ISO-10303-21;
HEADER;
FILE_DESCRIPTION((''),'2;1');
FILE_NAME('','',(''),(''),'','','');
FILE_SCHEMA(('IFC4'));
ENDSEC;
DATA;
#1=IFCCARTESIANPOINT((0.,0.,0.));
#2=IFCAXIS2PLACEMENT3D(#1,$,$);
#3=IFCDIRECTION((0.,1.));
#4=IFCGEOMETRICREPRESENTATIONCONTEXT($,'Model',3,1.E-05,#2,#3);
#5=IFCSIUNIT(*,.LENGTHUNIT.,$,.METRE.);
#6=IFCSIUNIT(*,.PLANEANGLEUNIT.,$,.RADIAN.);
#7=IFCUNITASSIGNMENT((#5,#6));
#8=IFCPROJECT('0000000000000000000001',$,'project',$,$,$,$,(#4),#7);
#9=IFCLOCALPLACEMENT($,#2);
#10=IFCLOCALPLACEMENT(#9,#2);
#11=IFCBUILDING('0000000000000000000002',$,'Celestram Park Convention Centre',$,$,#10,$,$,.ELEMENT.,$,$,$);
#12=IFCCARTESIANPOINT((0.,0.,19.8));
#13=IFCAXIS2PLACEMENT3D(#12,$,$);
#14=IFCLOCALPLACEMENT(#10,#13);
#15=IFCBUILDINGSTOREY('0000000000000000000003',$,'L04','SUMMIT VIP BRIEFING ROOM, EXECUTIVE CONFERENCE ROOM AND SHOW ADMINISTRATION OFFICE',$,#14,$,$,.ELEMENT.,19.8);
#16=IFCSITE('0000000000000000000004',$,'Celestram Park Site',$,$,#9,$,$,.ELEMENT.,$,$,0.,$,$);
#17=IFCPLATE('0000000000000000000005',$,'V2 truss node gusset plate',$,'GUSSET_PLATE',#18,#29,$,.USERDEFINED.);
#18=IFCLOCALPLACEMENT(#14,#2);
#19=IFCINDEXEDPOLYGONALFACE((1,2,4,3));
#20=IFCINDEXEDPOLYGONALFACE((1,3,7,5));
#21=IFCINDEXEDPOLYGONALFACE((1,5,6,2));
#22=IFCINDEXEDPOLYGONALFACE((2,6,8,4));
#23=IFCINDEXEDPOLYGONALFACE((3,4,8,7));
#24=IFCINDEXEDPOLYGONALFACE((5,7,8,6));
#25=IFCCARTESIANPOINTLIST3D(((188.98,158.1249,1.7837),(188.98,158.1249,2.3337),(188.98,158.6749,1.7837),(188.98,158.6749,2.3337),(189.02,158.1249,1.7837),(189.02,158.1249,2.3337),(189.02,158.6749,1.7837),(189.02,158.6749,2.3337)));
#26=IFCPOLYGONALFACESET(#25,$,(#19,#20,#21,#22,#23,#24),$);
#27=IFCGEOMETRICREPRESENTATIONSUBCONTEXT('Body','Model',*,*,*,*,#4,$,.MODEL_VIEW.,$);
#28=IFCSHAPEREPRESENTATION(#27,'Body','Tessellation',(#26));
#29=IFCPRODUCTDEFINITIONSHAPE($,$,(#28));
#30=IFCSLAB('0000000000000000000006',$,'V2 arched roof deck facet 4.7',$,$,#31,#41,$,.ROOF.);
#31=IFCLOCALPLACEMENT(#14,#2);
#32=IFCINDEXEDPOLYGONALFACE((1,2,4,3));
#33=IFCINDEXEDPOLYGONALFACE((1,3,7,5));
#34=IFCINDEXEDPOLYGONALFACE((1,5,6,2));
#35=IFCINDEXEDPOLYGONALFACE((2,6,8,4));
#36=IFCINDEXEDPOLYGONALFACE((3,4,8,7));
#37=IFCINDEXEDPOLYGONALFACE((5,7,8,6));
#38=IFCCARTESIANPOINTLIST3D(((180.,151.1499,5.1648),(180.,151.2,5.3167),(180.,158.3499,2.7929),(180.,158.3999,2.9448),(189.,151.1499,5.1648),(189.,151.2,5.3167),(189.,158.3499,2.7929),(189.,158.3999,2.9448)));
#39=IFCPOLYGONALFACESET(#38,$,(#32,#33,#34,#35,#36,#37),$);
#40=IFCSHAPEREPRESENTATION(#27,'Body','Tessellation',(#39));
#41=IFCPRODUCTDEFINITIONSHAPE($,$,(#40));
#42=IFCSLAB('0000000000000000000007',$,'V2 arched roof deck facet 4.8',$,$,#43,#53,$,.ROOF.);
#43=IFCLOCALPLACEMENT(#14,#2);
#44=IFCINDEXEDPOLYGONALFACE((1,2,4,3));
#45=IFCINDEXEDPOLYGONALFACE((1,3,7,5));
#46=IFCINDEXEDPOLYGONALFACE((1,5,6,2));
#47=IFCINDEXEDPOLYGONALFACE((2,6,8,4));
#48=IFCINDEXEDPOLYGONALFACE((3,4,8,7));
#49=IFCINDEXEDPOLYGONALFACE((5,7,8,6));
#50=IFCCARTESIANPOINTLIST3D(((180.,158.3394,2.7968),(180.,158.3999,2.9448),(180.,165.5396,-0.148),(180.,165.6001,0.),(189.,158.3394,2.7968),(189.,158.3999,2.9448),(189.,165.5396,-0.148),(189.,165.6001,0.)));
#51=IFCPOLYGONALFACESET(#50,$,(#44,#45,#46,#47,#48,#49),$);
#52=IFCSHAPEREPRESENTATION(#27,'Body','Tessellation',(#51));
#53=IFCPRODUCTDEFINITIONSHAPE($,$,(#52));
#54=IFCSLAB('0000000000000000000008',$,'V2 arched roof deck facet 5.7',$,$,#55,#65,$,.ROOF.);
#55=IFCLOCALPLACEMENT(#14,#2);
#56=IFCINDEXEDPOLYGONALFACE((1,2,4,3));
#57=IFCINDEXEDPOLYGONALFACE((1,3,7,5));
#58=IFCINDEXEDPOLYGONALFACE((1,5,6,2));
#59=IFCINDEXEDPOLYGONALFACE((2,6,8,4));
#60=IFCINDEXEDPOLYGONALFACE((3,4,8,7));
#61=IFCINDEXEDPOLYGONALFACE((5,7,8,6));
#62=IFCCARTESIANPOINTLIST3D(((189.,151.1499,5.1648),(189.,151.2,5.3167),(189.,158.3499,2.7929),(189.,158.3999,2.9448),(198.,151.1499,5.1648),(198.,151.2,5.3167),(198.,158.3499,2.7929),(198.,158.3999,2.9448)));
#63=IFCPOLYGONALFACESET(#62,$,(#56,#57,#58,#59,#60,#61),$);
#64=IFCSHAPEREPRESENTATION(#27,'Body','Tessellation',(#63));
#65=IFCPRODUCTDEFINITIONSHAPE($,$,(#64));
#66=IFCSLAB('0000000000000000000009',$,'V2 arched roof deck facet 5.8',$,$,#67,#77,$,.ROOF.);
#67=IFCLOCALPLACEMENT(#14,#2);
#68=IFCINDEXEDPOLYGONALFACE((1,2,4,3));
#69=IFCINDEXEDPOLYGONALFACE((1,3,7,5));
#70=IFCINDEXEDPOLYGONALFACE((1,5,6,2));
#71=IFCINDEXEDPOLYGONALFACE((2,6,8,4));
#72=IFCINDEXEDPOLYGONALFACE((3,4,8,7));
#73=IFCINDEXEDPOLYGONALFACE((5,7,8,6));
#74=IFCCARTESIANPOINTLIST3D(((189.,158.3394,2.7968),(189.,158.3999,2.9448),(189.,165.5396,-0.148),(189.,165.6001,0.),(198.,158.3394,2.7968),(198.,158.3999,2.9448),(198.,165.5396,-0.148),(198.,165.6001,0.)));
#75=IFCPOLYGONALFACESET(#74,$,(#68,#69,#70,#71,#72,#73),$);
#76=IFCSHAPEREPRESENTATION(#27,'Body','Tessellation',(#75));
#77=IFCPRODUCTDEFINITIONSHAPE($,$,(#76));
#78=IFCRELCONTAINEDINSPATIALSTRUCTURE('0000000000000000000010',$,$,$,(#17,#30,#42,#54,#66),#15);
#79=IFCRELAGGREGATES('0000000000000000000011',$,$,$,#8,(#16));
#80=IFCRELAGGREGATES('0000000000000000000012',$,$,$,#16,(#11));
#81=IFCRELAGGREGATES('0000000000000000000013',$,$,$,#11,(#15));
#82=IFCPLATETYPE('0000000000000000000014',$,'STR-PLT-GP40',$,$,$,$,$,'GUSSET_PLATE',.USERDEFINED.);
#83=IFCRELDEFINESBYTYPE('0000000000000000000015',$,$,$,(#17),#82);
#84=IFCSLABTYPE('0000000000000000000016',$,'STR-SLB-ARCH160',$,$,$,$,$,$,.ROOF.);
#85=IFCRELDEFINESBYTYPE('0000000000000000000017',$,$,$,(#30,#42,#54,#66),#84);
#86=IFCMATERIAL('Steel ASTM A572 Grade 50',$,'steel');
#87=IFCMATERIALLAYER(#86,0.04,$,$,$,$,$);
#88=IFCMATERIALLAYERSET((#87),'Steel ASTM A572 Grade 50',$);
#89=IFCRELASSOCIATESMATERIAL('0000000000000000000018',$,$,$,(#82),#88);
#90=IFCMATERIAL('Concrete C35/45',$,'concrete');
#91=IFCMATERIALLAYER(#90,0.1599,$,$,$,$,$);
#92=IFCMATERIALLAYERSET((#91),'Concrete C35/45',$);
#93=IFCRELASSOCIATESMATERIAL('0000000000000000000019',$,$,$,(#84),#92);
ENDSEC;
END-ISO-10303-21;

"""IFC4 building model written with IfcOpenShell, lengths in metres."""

from ifc_helpers import new_model, si_unit, direction, frame, origin, origin_2d, place, context, subcontext, project, spatial, polyline, rectangle, outline, extrude, material, layer, layer_set, type_object, element, save


model = new_model("IFC4")

# Units and contexts
model_context = context("Model", 3, precision=1e-05, world=origin(), true_north=direction((0.0, 1.0)))
body_context = subcontext(model_context, "Body", "Model", "MODEL_VIEW")
ifc_project = project(units=[si_unit("LENGTHUNIT", "METRE"), si_unit("PLANEANGLEUNIT", "RADIAN")], contexts=[model_context])

# Site, building, storey
site_placement = place(None, origin())
site = spatial("IfcSite", under=ifc_project, at=site_placement, Name="Celestram Park Site", CompositionType="ELEMENT", RefElevation=0.0)
building_placement = place(site_placement, origin())
building = spatial("IfcBuilding", under=site, at=building_placement, Name="Celestram Park Convention Centre", CompositionType="ELEMENT")
storey_placement = place(building_placement, frame((0.0, 0.0, 19.8)))
storey = spatial("IfcBuildingStorey", under=building, at=storey_placement, Name="L04", Description="SUMMIT VIP BRIEFING ROOM, EXECUTIVE CONFERENCE ROOM AND SHOW ADMINISTRATION OFFICE", CompositionType="ELEMENT", Elevation=19.8)

# Plate
ifc_material_1 = material(Name="Steel ASTM A572 Grade 50", Category="steel")
ifc_layer_1 = layer(ifc_material_1, 0.04)
ifc_layer_set_1 = layer_set([ifc_layer_1], Name="Steel ASTM A572 Grade 50")
plate_type = type_object("IfcPlateType", Name="STR-PLT-GP40", ElementType="GUSSET_PLATE", PredefinedType="USERDEFINED", material=ifc_layer_set_1)
for number, where, z_axis, x_axis, name in (
    (1, (189.0, 158.3999, 1.7837), (0.0, 0.0, 1.0), (0.0, 1.0, 0.0), "V2 truss node gusset plate"),
):
    element("IfcPlate", number, at=place(storey_placement, frame(where, z_axis=z_axis, x_axis=x_axis)), inside=storey, type_object=plate_type, Name=name, ObjectType="GUSSET_PLATE", PredefinedType="USERDEFINED", context=body_context, shape_type="SweptSolid", body=[
        extrude(rectangle(XDim=0.55, YDim=0.04, at=origin_2d()), origin(), (0.0, 0.0, 1.0), 0.55),
    ])

# Slabs
ifc_material_2 = material(Name="Concrete C35/45", Category="concrete")
ifc_layer_2 = layer(ifc_material_2, 0.1599)
ifc_layer_set_2 = layer_set([ifc_layer_2], Name="Concrete C35/45")
slab_type = type_object("IfcSlabType", Name="STR-SLB-ARCH160", PredefinedType="ROOF", material=ifc_layer_set_2)
slab_1_placement = place(storey_placement, frame((180.0, 151.2, 5.3167), z_axis=(0.0, 0.312883, 0.949792), x_axis=(1.0, 0.0, 0.0)))
element("IfcSlab", 2, at=slab_1_placement, inside=storey, type_object=slab_type, Name="V2 arched roof deck facet 4.7", PredefinedType="ROOF", context=body_context, shape_type="SweptSolid", body=[
    extrude(outline(polyline([(0.0, 0.0), (9.0, 0.0), (9.0, 7.5806), (0.0, 7.5806), (0.0, 0.0)])), origin(), (0.0, 0.0, -1.0), 0.1599),
])
slab_2_placement = place(storey_placement, frame((180.0, 158.3999, 2.9448), z_axis=(0.0, 0.378555, 0.925579), x_axis=(1.0, 0.0, 0.0)))
element("IfcSlab", 3, at=slab_2_placement, inside=storey, type_object=slab_type, Name="V2 arched roof deck facet 4.8", PredefinedType="ROOF", context=body_context, shape_type="SweptSolid", body=[
    extrude(outline(polyline([(0.0, 0.0), (9.0, 0.0), (9.0, 7.7791), (0.0, 7.7791), (0.0, 0.0)])), origin(), (0.0, 0.0, -1.0), 0.1599),
])
slab_3_placement = place(storey_placement, frame((189.0, 151.2, 5.3167), z_axis=(0.0, 0.312883, 0.949792), x_axis=(1.0, 0.0, 0.0)))
element("IfcSlab", 4, at=slab_3_placement, inside=storey, type_object=slab_type, Name="V2 arched roof deck facet 5.7", PredefinedType="ROOF", context=body_context, shape_type="SweptSolid", body=[
    extrude(outline(polyline([(0.0, 0.0), (9.0, 0.0), (9.0, 7.5806), (0.0, 7.5806), (0.0, 0.0)])), origin(), (0.0, 0.0, -1.0), 0.1599),
])
slab_4_placement = place(storey_placement, frame((189.0, 158.3999, 2.9448), z_axis=(0.0, 0.378555, 0.925579), x_axis=(1.0, 0.0, 0.0)))
element("IfcSlab", 5, at=slab_4_placement, inside=storey, type_object=slab_type, Name="V2 arched roof deck facet 5.8", PredefinedType="ROOF", context=body_context, shape_type="SweptSolid", body=[
    extrude(outline(polyline([(0.0, 0.0), (9.0, 0.0), (9.0, 7.7791), (0.0, 7.7791), (0.0, 0.0)])), origin(), (0.0, 0.0, -1.0), 0.1599),
])

save(model, "model.ifc")
